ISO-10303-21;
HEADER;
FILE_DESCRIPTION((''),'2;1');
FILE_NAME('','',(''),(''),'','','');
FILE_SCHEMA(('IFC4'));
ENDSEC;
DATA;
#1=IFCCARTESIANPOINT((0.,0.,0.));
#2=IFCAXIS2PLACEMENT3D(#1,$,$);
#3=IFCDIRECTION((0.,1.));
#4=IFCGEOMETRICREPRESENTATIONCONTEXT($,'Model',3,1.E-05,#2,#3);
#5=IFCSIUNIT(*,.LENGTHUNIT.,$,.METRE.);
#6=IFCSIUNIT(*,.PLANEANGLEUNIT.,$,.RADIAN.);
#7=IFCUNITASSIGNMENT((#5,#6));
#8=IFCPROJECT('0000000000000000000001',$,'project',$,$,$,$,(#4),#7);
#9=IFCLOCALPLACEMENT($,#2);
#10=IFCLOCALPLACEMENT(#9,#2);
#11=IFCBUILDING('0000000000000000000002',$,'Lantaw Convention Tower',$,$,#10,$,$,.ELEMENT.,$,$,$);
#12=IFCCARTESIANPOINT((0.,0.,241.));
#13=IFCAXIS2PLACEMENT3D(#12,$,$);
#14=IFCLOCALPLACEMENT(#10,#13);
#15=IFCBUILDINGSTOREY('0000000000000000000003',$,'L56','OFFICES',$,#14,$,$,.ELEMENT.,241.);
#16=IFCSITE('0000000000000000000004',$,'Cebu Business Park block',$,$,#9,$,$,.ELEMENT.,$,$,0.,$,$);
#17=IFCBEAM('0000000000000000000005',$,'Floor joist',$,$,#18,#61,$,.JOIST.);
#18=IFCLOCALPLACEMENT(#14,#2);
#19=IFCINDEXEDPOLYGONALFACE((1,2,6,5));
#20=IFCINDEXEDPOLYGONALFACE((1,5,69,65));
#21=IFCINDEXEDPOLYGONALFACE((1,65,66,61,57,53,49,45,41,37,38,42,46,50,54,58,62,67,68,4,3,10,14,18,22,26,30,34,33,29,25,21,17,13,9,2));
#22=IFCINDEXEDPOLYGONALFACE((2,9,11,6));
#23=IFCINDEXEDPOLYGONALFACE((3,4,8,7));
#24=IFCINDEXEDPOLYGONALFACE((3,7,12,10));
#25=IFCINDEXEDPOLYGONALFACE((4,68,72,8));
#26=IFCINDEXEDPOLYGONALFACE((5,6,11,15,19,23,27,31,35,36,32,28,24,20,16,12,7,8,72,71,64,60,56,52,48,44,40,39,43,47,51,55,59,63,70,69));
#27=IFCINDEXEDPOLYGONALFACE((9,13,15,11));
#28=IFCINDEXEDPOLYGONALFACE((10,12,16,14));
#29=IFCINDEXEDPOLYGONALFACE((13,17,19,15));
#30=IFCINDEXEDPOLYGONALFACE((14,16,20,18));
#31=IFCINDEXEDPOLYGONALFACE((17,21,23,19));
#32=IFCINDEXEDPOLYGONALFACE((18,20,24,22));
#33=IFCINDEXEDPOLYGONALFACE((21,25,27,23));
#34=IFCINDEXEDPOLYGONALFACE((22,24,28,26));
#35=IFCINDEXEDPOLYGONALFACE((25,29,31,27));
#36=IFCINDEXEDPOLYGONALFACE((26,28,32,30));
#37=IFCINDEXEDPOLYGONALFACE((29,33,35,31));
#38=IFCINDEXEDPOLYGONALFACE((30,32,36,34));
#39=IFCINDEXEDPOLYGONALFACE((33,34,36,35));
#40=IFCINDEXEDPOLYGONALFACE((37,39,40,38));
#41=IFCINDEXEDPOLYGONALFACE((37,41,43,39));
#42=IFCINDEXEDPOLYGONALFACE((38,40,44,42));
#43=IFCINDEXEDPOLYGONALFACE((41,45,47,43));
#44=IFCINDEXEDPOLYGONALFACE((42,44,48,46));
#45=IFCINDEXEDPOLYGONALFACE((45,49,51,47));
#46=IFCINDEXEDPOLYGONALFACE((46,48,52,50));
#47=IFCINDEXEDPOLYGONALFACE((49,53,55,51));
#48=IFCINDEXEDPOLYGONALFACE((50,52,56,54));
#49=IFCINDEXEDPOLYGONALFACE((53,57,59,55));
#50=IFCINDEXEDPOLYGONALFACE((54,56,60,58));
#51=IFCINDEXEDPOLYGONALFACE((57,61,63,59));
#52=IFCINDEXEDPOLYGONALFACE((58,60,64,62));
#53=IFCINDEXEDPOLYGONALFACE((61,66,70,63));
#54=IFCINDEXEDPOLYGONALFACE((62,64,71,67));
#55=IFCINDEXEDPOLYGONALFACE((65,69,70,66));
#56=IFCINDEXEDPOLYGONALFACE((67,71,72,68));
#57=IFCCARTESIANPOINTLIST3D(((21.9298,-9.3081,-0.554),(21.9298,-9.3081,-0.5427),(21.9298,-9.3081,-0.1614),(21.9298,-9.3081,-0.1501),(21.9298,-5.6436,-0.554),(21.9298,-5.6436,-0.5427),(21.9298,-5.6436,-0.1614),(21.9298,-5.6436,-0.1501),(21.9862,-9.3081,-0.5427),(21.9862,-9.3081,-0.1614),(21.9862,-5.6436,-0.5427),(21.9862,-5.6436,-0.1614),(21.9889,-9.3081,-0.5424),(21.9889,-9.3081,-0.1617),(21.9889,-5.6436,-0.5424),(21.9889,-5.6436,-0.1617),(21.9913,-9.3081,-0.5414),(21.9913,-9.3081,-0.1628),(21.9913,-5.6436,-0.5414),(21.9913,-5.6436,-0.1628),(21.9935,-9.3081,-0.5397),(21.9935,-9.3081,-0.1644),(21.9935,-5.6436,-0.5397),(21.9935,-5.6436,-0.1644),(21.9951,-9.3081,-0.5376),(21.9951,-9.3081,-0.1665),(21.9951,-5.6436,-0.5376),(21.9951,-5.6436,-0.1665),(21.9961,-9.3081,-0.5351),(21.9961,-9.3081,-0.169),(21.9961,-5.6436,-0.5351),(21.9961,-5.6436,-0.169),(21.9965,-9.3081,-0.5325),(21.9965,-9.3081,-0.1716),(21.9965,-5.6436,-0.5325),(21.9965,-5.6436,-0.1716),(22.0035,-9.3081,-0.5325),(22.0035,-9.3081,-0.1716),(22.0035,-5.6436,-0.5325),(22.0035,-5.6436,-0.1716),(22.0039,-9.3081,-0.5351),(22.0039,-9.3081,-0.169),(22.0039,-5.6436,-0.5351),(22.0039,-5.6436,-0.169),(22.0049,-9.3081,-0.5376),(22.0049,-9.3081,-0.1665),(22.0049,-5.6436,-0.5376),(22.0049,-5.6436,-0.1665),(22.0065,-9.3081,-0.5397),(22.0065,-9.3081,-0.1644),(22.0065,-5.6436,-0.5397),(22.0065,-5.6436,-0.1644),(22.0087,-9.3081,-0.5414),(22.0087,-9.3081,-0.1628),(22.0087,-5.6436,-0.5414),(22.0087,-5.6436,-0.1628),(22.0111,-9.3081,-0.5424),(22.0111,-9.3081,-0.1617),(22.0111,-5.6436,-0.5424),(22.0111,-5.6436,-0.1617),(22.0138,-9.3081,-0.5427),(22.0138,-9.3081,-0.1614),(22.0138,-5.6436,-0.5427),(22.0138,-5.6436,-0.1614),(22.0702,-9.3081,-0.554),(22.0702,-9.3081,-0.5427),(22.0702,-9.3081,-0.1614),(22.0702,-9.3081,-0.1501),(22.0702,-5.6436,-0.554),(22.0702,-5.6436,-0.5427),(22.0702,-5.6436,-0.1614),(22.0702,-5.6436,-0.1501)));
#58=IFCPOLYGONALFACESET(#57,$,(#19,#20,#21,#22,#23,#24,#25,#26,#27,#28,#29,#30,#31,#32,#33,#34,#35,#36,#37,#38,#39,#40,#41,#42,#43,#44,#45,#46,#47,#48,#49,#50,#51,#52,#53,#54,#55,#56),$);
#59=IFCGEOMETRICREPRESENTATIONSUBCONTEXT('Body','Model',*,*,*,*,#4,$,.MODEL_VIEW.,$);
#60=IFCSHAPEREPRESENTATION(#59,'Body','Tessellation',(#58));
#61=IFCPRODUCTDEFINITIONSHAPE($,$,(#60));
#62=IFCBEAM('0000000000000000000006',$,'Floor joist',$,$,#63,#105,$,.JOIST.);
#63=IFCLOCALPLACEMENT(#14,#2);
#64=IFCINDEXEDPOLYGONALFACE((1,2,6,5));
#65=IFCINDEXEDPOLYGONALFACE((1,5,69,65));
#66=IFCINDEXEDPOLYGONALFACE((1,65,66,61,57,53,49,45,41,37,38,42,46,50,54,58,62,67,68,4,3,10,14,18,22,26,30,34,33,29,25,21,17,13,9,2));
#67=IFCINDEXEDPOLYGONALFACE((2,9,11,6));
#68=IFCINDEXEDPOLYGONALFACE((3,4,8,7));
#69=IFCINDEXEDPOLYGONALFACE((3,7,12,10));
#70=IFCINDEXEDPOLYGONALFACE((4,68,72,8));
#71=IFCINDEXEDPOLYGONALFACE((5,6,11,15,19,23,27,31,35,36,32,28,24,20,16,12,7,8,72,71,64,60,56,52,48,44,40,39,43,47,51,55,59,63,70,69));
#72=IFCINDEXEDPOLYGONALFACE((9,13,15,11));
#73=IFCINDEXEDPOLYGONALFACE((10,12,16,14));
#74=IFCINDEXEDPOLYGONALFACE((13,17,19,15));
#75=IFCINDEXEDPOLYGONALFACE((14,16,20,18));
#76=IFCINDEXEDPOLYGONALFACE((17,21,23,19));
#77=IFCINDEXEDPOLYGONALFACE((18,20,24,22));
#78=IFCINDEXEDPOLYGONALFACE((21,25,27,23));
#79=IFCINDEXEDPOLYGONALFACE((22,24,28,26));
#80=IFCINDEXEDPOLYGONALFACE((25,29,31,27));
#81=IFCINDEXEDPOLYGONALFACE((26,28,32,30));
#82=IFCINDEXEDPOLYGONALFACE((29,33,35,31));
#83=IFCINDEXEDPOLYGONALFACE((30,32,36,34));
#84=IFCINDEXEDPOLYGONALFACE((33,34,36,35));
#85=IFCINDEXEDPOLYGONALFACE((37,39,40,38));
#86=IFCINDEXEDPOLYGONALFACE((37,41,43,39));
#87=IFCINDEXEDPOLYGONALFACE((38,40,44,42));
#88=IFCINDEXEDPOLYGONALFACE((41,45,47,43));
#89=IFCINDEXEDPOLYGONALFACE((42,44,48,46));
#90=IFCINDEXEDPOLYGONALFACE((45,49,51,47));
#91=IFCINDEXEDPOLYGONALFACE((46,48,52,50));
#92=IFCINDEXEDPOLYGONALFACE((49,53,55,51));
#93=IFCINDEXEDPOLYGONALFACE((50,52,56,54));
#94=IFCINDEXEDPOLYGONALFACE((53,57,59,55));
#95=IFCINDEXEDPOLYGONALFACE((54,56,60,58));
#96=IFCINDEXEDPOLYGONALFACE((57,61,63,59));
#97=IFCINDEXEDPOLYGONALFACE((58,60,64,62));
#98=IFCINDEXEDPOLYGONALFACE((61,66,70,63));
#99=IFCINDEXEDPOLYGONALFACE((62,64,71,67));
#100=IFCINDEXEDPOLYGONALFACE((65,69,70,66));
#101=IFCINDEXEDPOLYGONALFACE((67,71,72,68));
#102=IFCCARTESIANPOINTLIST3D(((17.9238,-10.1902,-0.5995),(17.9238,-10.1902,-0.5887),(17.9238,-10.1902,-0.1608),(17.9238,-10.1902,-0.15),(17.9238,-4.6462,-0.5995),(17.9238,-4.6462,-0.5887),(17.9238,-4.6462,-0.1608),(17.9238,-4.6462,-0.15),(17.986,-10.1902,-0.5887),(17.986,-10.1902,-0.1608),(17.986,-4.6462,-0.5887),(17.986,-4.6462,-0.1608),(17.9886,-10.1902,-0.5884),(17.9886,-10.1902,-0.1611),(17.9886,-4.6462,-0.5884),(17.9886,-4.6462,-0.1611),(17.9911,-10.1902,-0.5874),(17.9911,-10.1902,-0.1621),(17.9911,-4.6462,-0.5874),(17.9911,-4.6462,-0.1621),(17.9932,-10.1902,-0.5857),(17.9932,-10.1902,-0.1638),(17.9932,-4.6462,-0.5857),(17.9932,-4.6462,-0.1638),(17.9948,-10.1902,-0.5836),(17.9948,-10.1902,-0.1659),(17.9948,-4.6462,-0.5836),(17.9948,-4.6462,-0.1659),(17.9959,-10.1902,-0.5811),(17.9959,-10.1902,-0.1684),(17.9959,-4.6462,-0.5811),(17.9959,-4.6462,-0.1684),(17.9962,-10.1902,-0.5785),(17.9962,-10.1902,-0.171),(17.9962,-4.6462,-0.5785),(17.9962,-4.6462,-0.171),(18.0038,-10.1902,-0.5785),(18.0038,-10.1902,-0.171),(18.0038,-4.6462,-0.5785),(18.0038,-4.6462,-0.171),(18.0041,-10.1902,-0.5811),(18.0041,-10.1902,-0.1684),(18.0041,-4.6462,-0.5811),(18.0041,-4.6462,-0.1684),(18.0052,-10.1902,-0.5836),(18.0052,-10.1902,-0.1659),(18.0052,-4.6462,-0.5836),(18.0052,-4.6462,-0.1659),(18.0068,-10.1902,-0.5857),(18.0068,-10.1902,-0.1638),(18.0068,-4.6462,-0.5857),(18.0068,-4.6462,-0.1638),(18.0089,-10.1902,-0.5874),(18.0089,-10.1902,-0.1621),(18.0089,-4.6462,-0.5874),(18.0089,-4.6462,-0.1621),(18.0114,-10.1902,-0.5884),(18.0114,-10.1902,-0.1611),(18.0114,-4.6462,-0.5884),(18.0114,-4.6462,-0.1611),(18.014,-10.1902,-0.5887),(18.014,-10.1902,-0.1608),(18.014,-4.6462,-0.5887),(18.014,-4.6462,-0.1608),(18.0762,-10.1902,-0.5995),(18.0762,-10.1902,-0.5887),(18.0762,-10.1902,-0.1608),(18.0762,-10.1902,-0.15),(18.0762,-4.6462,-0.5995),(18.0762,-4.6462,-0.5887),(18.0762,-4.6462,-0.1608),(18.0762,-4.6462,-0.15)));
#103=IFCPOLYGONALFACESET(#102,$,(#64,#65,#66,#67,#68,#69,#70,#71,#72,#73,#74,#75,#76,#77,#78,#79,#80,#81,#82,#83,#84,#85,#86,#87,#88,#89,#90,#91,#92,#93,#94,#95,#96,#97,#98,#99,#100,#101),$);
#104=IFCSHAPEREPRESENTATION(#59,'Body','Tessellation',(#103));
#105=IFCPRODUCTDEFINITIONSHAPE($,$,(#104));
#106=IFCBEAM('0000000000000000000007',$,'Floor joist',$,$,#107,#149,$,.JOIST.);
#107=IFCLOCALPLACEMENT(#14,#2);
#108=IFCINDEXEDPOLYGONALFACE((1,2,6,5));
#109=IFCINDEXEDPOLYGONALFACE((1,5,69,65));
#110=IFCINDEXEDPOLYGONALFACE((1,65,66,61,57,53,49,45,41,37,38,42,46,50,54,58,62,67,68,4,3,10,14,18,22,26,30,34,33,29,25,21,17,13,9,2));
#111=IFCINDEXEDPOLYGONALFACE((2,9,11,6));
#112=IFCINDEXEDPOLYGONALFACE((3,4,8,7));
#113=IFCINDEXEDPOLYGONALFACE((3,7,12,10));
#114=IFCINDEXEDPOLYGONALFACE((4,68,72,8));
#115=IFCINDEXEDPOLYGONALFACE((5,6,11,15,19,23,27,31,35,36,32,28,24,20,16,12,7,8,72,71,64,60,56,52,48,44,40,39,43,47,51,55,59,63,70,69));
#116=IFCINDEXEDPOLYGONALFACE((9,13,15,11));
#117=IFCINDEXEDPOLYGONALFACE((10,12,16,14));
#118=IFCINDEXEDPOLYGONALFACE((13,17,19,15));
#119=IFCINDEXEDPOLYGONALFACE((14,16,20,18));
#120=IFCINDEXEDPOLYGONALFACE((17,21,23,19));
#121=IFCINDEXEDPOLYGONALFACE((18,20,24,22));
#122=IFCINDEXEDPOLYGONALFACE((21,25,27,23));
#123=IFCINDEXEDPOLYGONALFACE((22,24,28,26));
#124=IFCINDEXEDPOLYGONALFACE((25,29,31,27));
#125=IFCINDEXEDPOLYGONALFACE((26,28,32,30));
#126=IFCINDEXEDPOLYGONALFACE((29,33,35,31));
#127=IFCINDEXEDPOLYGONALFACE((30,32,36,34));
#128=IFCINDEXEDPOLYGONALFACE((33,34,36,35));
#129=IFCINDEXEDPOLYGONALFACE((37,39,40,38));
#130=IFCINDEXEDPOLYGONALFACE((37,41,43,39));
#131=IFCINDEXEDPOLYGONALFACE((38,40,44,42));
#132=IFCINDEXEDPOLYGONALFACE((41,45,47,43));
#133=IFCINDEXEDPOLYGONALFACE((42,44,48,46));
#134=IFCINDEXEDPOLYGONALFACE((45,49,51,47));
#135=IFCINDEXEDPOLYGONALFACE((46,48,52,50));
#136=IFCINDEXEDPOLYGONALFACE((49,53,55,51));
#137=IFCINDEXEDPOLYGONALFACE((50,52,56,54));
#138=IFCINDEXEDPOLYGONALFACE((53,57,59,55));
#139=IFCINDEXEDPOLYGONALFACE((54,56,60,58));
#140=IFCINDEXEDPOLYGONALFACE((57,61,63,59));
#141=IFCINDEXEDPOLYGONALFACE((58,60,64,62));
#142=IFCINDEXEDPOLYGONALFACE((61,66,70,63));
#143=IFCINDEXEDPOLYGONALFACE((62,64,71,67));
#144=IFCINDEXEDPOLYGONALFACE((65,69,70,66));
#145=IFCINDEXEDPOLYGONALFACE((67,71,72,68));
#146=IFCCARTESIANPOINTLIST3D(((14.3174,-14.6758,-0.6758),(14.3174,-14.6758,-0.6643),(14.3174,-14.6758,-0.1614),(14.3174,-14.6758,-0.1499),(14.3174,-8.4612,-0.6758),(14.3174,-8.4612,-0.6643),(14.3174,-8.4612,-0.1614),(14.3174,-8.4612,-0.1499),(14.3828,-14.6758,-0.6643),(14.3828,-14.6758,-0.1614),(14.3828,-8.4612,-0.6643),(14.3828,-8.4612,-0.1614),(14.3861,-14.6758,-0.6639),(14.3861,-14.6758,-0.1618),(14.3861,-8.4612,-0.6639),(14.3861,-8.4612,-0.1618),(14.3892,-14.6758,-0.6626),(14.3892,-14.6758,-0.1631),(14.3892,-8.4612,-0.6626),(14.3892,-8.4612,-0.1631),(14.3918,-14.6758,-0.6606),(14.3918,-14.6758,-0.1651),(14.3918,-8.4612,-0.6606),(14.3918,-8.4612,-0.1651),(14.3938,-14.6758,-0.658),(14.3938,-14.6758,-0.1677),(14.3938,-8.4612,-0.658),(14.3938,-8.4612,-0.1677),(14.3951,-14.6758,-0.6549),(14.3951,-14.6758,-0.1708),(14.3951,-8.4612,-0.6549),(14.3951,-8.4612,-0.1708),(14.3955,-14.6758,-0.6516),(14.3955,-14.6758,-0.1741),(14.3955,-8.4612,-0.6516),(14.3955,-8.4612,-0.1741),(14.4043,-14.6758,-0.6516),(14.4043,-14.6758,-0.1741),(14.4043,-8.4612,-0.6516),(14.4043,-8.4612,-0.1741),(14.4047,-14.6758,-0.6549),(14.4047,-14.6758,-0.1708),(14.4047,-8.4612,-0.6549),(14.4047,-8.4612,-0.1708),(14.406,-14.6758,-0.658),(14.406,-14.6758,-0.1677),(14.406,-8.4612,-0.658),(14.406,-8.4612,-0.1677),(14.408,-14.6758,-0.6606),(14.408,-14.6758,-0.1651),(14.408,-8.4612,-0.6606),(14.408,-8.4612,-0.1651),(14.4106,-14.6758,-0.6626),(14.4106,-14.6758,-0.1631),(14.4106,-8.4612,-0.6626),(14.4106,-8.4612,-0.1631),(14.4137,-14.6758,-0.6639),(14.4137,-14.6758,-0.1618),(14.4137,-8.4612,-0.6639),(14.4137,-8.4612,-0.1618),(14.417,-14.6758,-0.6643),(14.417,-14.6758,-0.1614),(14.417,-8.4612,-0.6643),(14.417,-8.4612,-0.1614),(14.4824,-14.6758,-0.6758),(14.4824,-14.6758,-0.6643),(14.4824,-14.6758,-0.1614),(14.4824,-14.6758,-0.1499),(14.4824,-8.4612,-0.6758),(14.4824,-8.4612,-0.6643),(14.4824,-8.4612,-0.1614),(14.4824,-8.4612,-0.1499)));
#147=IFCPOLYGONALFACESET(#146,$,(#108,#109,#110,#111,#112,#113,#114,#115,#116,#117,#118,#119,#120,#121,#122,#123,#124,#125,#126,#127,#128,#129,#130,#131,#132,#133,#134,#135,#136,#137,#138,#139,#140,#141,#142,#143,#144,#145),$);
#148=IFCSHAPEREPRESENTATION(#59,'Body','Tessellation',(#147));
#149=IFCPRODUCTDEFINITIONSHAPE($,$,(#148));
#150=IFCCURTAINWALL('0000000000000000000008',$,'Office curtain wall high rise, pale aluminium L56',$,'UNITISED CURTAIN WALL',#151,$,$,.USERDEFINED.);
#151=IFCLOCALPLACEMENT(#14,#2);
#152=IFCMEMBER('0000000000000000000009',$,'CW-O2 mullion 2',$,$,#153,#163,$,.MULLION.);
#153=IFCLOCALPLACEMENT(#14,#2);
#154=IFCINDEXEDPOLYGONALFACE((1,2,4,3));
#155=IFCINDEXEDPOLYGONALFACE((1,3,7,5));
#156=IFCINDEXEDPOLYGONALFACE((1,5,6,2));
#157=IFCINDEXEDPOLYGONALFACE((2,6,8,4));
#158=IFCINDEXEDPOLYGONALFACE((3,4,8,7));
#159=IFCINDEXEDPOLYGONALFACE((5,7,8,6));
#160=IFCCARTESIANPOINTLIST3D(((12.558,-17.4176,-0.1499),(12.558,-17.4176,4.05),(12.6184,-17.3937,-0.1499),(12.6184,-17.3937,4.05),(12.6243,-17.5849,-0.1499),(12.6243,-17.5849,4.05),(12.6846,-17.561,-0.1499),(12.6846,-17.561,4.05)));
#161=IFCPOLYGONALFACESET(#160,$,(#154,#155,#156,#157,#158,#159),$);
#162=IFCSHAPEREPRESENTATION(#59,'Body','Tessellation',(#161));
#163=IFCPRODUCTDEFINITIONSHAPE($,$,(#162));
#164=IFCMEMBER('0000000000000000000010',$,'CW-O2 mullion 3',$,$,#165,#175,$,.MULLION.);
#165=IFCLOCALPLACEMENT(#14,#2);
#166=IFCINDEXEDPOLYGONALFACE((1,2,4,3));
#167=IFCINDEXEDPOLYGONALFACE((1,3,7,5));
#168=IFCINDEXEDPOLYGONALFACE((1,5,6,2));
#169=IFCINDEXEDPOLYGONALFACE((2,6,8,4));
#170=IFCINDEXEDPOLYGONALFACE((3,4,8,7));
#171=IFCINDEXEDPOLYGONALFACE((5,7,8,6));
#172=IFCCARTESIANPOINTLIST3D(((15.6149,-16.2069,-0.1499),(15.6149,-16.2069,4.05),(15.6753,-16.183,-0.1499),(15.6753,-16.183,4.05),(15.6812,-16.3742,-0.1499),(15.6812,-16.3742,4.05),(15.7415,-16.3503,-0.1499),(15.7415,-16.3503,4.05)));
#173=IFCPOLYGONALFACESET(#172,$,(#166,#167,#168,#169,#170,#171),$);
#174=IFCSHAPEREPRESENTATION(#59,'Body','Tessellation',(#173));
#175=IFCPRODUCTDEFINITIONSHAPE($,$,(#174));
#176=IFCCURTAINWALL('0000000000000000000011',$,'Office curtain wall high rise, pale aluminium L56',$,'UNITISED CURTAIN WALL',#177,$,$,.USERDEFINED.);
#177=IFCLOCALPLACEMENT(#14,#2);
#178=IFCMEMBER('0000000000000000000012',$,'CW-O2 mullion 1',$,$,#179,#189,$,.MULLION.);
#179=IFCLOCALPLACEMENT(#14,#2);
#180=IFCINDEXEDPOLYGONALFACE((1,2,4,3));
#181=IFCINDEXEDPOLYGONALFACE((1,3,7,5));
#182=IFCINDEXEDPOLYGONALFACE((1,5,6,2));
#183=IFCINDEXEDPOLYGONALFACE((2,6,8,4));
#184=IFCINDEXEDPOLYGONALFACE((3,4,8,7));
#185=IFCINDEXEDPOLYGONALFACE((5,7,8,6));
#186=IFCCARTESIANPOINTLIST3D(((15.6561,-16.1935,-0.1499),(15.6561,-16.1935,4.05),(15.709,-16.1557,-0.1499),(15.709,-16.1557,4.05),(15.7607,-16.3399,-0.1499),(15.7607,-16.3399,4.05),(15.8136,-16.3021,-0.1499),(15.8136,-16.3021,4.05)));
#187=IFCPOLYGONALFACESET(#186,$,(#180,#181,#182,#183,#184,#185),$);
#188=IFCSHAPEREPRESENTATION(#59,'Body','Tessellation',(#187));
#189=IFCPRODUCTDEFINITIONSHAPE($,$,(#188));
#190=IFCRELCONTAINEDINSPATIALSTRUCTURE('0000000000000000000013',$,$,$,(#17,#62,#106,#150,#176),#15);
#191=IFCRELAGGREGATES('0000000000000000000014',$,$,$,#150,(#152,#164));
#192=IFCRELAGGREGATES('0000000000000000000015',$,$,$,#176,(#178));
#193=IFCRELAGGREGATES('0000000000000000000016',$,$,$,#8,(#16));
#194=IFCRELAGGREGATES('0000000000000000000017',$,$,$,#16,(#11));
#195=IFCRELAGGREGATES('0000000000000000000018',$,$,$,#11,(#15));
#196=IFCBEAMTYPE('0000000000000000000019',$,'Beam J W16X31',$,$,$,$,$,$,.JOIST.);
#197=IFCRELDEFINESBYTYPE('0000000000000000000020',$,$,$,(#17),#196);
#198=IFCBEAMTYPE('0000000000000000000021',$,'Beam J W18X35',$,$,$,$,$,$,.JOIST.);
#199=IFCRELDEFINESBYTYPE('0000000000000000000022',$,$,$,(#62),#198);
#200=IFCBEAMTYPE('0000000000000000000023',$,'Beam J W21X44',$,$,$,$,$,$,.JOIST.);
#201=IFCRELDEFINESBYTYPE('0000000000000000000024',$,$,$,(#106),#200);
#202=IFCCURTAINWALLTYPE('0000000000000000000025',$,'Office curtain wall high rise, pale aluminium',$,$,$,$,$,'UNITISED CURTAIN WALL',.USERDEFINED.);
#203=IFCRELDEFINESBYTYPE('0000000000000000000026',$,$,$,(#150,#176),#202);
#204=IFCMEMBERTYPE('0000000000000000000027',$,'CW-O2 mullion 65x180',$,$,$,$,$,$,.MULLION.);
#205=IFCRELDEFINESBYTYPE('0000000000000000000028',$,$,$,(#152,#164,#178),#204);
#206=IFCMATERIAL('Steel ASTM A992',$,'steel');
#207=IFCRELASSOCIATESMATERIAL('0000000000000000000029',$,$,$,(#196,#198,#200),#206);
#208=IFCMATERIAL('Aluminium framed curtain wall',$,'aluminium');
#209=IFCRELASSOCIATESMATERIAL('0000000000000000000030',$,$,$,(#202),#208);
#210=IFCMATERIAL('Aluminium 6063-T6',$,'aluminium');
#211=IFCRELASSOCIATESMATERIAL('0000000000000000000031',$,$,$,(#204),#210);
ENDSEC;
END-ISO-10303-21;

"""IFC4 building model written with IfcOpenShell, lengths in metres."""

from ifc_helpers import new_model, si_unit, direction, frame, origin, origin_2d, place, context, subcontext, project, spatial, rectangle, i_section, extrude, material, material_profile, profile_set, type_object, element, aggregate, save


model = new_model("IFC4")

# Units and contexts
model_context = context("Model", 3, precision=1e-05, world=origin(), true_north=direction((0.0, 1.0)))
body_context = subcontext(model_context, "Body", "Model", "MODEL_VIEW")
ifc_project = project(units=[si_unit("LENGTHUNIT", "METRE"), si_unit("PLANEANGLEUNIT", "RADIAN")], contexts=[model_context])

# Site, building, storey
site_placement = place(None, origin())
site = spatial("IfcSite", under=ifc_project, at=site_placement, Name="Cebu Business Park block", CompositionType="ELEMENT", RefElevation=0.0)
building_placement = place(site_placement, origin())
building = spatial("IfcBuilding", under=site, at=building_placement, Name="Lantaw Convention Tower", CompositionType="ELEMENT")
storey_placement = place(building_placement, frame((0.0, 0.0, 241.0)))
storey = spatial("IfcBuildingStorey", under=building, at=storey_placement, Name="L56", Description="OFFICES", CompositionType="ELEMENT", Elevation=241.0)

# Beams
ifc_material_1 = material(Name="Steel ASTM A992", Category="steel")
ifc_material_profile_1 = material_profile(ifc_material_1, i_section(OverallWidth=0.1404, OverallDepth=0.4038, WebThickness=0.0071, FlangeThickness=0.0112, FilletRadius=0.0103, at=origin_2d()), Name="W16X31")
ifc_profile_set_1 = profile_set([ifc_material_profile_1], Name="Steel ASTM A992")
beam_type_1 = type_object("IfcBeamType", Name="Beam J W16X31", PredefinedType="JOIST", material=ifc_profile_set_1)
beam_1_placement = place(storey_placement, frame((22.0, -9.3081, -0.3521), z_axis=(0.0, 1.0, 0.0), x_axis=(-1.0, 0.0, 0.0)))
element("IfcBeam", 1, at=beam_1_placement, inside=storey, type_object=beam_type_1, Name="Floor joist", PredefinedType="JOIST", context=body_context, shape_type="SweptSolid", body=[
    extrude(i_section(OverallWidth=0.1404, OverallDepth=0.4038, WebThickness=0.0071, FlangeThickness=0.0112, FilletRadius=0.0103, at=origin_2d()), origin(), (0.0, 0.0, 1.0), 3.6646),
])
ifc_material_profile_2 = material_profile(ifc_material_1, i_section(OverallWidth=0.1523, OverallDepth=0.4495, WebThickness=0.0076, FlangeThickness=0.0107, FilletRadius=0.0103, at=origin_2d()), Name="W18X35")
ifc_profile_set_2 = profile_set([ifc_material_profile_2], Name="Steel ASTM A992")
beam_type_2 = type_object("IfcBeamType", Name="Beam J W18X35", PredefinedType="JOIST", material=ifc_profile_set_2)
beam_2_placement = place(storey_placement, frame((18.0, -10.1902, -0.3748), z_axis=(0.0, 1.0, 0.0), x_axis=(-1.0, 0.0, 0.0)))
element("IfcBeam", 2, at=beam_2_placement, inside=storey, type_object=beam_type_2, Name="Floor joist", PredefinedType="JOIST", context=body_context, shape_type="SweptSolid", body=[
    extrude(i_section(OverallWidth=0.1523, OverallDepth=0.4495, WebThickness=0.0076, FlangeThickness=0.0107, FilletRadius=0.0103, at=origin_2d()), origin(), (0.0, 0.0, 1.0), 5.5439),
])
ifc_material_profile_3 = material_profile(ifc_material_1, i_section(OverallWidth=0.165, OverallDepth=0.5259, WebThickness=0.0088, FlangeThickness=0.0115, FilletRadius=0.0127, at=origin_2d()), Name="W21X44")
ifc_profile_set_3 = profile_set([ifc_material_profile_3], Name="Steel ASTM A992")
beam_type_3 = type_object("IfcBeamType", Name="Beam J W21X44", PredefinedType="JOIST", material=ifc_profile_set_3)
beam_3_placement = place(storey_placement, frame((14.3999, -14.6758, -0.4128), z_axis=(0.0, 1.0, 0.0), x_axis=(-1.0, 0.0, 0.0)))
element("IfcBeam", 3, at=beam_3_placement, inside=storey, type_object=beam_type_3, Name="Floor joist", PredefinedType="JOIST", context=body_context, shape_type="SweptSolid", body=[
    extrude(i_section(OverallWidth=0.165, OverallDepth=0.5259, WebThickness=0.0088, FlangeThickness=0.0115, FilletRadius=0.0127, at=origin_2d()), origin(), (0.0, 0.0, 1.0), 6.2146),
])

# Curtain walls, members
ifc_material_2 = material(Name="Aluminium framed curtain wall", Category="aluminium")
curtain_wall_type = type_object("IfcCurtainWallType", Name="Office curtain wall high rise, pale aluminium", ElementType="UNITISED CURTAIN WALL", PredefinedType="USERDEFINED", material=ifc_material_2)
curtain_wall_1_placement = place(storey_placement, origin())
curtain_wall_1 = element("IfcCurtainWall", 4, at=curtain_wall_1_placement, inside=storey, type_object=curtain_wall_type, Name="Office curtain wall high rise, pale aluminium L56", ObjectType="UNITISED CURTAIN WALL", PredefinedType="USERDEFINED")
ifc_material_3 = material(Name="Aluminium 6063-T6", Category="aluminium")
ifc_material_profile_4 = material_profile(ifc_material_3, rectangle(XDim=0.1799, YDim=0.0649, at=origin_2d()), Name="CW-O2 mullion 65x180")
ifc_profile_set_4 = profile_set([ifc_material_profile_4], Name="Aluminium 6063-T6")
member_type_1 = type_object("IfcMemberType", Name="CW-O2 mullion 65x180", PredefinedType="MULLION", material=ifc_profile_set_4)
member_1_placement = place(storey_placement, frame((12.6213, -17.4893, -0.1499), z_axis=(0.0, 0.0, 1.0), x_axis=(-0.368162, 0.929762, 0.0)))
member_1 = element("IfcMember", 5, at=member_1_placement, type_object=member_type_1, Name="CW-O2 mullion 2", PredefinedType="MULLION", context=body_context, shape_type="SweptSolid", body=[
    extrude(rectangle(XDim=0.1799, YDim=0.0649, at=origin_2d()), origin(), (0.0, 0.0, 1.0), 4.2),
])
member_2_placement = place(storey_placement, frame((15.6782, -16.2786, -0.1499), z_axis=(0.0, 0.0, 1.0), x_axis=(-0.368162, 0.929762, 0.0)))
member_2 = element("IfcMember", 6, at=member_2_placement, type_object=member_type_1, Name="CW-O2 mullion 3", PredefinedType="MULLION", context=body_context, shape_type="SweptSolid", body=[
    extrude(rectangle(XDim=0.1799, YDim=0.0649, at=origin_2d()), origin(), (0.0, 0.0, 1.0), 4.2),
])
curtain_wall_2_placement = place(storey_placement, origin())
curtain_wall_2 = element("IfcCurtainWall", 7, at=curtain_wall_2_placement, inside=storey, type_object=curtain_wall_type, Name="Office curtain wall high rise, pale aluminium L56", ObjectType="UNITISED CURTAIN WALL", PredefinedType="USERDEFINED")
member_3_placement = place(storey_placement, frame((15.7349, -16.2478, -0.1499), z_axis=(0.0, 0.0, 1.0), x_axis=(-0.581323, 0.813673, 0.0)))
member_3 = element("IfcMember", 8, at=member_3_placement, type_object=member_type_1, Name="CW-O2 mullion 1", PredefinedType="MULLION", context=body_context, shape_type="SweptSolid", body=[
    extrude(rectangle(XDim=0.1799, YDim=0.0649, at=origin_2d()), origin(), (0.0, 0.0, 1.0), 4.2),
])

aggregate(curtain_wall_1, [member_1, member_2])
aggregate(curtain_wall_2, [member_3])

save(model, "model.ifc")
